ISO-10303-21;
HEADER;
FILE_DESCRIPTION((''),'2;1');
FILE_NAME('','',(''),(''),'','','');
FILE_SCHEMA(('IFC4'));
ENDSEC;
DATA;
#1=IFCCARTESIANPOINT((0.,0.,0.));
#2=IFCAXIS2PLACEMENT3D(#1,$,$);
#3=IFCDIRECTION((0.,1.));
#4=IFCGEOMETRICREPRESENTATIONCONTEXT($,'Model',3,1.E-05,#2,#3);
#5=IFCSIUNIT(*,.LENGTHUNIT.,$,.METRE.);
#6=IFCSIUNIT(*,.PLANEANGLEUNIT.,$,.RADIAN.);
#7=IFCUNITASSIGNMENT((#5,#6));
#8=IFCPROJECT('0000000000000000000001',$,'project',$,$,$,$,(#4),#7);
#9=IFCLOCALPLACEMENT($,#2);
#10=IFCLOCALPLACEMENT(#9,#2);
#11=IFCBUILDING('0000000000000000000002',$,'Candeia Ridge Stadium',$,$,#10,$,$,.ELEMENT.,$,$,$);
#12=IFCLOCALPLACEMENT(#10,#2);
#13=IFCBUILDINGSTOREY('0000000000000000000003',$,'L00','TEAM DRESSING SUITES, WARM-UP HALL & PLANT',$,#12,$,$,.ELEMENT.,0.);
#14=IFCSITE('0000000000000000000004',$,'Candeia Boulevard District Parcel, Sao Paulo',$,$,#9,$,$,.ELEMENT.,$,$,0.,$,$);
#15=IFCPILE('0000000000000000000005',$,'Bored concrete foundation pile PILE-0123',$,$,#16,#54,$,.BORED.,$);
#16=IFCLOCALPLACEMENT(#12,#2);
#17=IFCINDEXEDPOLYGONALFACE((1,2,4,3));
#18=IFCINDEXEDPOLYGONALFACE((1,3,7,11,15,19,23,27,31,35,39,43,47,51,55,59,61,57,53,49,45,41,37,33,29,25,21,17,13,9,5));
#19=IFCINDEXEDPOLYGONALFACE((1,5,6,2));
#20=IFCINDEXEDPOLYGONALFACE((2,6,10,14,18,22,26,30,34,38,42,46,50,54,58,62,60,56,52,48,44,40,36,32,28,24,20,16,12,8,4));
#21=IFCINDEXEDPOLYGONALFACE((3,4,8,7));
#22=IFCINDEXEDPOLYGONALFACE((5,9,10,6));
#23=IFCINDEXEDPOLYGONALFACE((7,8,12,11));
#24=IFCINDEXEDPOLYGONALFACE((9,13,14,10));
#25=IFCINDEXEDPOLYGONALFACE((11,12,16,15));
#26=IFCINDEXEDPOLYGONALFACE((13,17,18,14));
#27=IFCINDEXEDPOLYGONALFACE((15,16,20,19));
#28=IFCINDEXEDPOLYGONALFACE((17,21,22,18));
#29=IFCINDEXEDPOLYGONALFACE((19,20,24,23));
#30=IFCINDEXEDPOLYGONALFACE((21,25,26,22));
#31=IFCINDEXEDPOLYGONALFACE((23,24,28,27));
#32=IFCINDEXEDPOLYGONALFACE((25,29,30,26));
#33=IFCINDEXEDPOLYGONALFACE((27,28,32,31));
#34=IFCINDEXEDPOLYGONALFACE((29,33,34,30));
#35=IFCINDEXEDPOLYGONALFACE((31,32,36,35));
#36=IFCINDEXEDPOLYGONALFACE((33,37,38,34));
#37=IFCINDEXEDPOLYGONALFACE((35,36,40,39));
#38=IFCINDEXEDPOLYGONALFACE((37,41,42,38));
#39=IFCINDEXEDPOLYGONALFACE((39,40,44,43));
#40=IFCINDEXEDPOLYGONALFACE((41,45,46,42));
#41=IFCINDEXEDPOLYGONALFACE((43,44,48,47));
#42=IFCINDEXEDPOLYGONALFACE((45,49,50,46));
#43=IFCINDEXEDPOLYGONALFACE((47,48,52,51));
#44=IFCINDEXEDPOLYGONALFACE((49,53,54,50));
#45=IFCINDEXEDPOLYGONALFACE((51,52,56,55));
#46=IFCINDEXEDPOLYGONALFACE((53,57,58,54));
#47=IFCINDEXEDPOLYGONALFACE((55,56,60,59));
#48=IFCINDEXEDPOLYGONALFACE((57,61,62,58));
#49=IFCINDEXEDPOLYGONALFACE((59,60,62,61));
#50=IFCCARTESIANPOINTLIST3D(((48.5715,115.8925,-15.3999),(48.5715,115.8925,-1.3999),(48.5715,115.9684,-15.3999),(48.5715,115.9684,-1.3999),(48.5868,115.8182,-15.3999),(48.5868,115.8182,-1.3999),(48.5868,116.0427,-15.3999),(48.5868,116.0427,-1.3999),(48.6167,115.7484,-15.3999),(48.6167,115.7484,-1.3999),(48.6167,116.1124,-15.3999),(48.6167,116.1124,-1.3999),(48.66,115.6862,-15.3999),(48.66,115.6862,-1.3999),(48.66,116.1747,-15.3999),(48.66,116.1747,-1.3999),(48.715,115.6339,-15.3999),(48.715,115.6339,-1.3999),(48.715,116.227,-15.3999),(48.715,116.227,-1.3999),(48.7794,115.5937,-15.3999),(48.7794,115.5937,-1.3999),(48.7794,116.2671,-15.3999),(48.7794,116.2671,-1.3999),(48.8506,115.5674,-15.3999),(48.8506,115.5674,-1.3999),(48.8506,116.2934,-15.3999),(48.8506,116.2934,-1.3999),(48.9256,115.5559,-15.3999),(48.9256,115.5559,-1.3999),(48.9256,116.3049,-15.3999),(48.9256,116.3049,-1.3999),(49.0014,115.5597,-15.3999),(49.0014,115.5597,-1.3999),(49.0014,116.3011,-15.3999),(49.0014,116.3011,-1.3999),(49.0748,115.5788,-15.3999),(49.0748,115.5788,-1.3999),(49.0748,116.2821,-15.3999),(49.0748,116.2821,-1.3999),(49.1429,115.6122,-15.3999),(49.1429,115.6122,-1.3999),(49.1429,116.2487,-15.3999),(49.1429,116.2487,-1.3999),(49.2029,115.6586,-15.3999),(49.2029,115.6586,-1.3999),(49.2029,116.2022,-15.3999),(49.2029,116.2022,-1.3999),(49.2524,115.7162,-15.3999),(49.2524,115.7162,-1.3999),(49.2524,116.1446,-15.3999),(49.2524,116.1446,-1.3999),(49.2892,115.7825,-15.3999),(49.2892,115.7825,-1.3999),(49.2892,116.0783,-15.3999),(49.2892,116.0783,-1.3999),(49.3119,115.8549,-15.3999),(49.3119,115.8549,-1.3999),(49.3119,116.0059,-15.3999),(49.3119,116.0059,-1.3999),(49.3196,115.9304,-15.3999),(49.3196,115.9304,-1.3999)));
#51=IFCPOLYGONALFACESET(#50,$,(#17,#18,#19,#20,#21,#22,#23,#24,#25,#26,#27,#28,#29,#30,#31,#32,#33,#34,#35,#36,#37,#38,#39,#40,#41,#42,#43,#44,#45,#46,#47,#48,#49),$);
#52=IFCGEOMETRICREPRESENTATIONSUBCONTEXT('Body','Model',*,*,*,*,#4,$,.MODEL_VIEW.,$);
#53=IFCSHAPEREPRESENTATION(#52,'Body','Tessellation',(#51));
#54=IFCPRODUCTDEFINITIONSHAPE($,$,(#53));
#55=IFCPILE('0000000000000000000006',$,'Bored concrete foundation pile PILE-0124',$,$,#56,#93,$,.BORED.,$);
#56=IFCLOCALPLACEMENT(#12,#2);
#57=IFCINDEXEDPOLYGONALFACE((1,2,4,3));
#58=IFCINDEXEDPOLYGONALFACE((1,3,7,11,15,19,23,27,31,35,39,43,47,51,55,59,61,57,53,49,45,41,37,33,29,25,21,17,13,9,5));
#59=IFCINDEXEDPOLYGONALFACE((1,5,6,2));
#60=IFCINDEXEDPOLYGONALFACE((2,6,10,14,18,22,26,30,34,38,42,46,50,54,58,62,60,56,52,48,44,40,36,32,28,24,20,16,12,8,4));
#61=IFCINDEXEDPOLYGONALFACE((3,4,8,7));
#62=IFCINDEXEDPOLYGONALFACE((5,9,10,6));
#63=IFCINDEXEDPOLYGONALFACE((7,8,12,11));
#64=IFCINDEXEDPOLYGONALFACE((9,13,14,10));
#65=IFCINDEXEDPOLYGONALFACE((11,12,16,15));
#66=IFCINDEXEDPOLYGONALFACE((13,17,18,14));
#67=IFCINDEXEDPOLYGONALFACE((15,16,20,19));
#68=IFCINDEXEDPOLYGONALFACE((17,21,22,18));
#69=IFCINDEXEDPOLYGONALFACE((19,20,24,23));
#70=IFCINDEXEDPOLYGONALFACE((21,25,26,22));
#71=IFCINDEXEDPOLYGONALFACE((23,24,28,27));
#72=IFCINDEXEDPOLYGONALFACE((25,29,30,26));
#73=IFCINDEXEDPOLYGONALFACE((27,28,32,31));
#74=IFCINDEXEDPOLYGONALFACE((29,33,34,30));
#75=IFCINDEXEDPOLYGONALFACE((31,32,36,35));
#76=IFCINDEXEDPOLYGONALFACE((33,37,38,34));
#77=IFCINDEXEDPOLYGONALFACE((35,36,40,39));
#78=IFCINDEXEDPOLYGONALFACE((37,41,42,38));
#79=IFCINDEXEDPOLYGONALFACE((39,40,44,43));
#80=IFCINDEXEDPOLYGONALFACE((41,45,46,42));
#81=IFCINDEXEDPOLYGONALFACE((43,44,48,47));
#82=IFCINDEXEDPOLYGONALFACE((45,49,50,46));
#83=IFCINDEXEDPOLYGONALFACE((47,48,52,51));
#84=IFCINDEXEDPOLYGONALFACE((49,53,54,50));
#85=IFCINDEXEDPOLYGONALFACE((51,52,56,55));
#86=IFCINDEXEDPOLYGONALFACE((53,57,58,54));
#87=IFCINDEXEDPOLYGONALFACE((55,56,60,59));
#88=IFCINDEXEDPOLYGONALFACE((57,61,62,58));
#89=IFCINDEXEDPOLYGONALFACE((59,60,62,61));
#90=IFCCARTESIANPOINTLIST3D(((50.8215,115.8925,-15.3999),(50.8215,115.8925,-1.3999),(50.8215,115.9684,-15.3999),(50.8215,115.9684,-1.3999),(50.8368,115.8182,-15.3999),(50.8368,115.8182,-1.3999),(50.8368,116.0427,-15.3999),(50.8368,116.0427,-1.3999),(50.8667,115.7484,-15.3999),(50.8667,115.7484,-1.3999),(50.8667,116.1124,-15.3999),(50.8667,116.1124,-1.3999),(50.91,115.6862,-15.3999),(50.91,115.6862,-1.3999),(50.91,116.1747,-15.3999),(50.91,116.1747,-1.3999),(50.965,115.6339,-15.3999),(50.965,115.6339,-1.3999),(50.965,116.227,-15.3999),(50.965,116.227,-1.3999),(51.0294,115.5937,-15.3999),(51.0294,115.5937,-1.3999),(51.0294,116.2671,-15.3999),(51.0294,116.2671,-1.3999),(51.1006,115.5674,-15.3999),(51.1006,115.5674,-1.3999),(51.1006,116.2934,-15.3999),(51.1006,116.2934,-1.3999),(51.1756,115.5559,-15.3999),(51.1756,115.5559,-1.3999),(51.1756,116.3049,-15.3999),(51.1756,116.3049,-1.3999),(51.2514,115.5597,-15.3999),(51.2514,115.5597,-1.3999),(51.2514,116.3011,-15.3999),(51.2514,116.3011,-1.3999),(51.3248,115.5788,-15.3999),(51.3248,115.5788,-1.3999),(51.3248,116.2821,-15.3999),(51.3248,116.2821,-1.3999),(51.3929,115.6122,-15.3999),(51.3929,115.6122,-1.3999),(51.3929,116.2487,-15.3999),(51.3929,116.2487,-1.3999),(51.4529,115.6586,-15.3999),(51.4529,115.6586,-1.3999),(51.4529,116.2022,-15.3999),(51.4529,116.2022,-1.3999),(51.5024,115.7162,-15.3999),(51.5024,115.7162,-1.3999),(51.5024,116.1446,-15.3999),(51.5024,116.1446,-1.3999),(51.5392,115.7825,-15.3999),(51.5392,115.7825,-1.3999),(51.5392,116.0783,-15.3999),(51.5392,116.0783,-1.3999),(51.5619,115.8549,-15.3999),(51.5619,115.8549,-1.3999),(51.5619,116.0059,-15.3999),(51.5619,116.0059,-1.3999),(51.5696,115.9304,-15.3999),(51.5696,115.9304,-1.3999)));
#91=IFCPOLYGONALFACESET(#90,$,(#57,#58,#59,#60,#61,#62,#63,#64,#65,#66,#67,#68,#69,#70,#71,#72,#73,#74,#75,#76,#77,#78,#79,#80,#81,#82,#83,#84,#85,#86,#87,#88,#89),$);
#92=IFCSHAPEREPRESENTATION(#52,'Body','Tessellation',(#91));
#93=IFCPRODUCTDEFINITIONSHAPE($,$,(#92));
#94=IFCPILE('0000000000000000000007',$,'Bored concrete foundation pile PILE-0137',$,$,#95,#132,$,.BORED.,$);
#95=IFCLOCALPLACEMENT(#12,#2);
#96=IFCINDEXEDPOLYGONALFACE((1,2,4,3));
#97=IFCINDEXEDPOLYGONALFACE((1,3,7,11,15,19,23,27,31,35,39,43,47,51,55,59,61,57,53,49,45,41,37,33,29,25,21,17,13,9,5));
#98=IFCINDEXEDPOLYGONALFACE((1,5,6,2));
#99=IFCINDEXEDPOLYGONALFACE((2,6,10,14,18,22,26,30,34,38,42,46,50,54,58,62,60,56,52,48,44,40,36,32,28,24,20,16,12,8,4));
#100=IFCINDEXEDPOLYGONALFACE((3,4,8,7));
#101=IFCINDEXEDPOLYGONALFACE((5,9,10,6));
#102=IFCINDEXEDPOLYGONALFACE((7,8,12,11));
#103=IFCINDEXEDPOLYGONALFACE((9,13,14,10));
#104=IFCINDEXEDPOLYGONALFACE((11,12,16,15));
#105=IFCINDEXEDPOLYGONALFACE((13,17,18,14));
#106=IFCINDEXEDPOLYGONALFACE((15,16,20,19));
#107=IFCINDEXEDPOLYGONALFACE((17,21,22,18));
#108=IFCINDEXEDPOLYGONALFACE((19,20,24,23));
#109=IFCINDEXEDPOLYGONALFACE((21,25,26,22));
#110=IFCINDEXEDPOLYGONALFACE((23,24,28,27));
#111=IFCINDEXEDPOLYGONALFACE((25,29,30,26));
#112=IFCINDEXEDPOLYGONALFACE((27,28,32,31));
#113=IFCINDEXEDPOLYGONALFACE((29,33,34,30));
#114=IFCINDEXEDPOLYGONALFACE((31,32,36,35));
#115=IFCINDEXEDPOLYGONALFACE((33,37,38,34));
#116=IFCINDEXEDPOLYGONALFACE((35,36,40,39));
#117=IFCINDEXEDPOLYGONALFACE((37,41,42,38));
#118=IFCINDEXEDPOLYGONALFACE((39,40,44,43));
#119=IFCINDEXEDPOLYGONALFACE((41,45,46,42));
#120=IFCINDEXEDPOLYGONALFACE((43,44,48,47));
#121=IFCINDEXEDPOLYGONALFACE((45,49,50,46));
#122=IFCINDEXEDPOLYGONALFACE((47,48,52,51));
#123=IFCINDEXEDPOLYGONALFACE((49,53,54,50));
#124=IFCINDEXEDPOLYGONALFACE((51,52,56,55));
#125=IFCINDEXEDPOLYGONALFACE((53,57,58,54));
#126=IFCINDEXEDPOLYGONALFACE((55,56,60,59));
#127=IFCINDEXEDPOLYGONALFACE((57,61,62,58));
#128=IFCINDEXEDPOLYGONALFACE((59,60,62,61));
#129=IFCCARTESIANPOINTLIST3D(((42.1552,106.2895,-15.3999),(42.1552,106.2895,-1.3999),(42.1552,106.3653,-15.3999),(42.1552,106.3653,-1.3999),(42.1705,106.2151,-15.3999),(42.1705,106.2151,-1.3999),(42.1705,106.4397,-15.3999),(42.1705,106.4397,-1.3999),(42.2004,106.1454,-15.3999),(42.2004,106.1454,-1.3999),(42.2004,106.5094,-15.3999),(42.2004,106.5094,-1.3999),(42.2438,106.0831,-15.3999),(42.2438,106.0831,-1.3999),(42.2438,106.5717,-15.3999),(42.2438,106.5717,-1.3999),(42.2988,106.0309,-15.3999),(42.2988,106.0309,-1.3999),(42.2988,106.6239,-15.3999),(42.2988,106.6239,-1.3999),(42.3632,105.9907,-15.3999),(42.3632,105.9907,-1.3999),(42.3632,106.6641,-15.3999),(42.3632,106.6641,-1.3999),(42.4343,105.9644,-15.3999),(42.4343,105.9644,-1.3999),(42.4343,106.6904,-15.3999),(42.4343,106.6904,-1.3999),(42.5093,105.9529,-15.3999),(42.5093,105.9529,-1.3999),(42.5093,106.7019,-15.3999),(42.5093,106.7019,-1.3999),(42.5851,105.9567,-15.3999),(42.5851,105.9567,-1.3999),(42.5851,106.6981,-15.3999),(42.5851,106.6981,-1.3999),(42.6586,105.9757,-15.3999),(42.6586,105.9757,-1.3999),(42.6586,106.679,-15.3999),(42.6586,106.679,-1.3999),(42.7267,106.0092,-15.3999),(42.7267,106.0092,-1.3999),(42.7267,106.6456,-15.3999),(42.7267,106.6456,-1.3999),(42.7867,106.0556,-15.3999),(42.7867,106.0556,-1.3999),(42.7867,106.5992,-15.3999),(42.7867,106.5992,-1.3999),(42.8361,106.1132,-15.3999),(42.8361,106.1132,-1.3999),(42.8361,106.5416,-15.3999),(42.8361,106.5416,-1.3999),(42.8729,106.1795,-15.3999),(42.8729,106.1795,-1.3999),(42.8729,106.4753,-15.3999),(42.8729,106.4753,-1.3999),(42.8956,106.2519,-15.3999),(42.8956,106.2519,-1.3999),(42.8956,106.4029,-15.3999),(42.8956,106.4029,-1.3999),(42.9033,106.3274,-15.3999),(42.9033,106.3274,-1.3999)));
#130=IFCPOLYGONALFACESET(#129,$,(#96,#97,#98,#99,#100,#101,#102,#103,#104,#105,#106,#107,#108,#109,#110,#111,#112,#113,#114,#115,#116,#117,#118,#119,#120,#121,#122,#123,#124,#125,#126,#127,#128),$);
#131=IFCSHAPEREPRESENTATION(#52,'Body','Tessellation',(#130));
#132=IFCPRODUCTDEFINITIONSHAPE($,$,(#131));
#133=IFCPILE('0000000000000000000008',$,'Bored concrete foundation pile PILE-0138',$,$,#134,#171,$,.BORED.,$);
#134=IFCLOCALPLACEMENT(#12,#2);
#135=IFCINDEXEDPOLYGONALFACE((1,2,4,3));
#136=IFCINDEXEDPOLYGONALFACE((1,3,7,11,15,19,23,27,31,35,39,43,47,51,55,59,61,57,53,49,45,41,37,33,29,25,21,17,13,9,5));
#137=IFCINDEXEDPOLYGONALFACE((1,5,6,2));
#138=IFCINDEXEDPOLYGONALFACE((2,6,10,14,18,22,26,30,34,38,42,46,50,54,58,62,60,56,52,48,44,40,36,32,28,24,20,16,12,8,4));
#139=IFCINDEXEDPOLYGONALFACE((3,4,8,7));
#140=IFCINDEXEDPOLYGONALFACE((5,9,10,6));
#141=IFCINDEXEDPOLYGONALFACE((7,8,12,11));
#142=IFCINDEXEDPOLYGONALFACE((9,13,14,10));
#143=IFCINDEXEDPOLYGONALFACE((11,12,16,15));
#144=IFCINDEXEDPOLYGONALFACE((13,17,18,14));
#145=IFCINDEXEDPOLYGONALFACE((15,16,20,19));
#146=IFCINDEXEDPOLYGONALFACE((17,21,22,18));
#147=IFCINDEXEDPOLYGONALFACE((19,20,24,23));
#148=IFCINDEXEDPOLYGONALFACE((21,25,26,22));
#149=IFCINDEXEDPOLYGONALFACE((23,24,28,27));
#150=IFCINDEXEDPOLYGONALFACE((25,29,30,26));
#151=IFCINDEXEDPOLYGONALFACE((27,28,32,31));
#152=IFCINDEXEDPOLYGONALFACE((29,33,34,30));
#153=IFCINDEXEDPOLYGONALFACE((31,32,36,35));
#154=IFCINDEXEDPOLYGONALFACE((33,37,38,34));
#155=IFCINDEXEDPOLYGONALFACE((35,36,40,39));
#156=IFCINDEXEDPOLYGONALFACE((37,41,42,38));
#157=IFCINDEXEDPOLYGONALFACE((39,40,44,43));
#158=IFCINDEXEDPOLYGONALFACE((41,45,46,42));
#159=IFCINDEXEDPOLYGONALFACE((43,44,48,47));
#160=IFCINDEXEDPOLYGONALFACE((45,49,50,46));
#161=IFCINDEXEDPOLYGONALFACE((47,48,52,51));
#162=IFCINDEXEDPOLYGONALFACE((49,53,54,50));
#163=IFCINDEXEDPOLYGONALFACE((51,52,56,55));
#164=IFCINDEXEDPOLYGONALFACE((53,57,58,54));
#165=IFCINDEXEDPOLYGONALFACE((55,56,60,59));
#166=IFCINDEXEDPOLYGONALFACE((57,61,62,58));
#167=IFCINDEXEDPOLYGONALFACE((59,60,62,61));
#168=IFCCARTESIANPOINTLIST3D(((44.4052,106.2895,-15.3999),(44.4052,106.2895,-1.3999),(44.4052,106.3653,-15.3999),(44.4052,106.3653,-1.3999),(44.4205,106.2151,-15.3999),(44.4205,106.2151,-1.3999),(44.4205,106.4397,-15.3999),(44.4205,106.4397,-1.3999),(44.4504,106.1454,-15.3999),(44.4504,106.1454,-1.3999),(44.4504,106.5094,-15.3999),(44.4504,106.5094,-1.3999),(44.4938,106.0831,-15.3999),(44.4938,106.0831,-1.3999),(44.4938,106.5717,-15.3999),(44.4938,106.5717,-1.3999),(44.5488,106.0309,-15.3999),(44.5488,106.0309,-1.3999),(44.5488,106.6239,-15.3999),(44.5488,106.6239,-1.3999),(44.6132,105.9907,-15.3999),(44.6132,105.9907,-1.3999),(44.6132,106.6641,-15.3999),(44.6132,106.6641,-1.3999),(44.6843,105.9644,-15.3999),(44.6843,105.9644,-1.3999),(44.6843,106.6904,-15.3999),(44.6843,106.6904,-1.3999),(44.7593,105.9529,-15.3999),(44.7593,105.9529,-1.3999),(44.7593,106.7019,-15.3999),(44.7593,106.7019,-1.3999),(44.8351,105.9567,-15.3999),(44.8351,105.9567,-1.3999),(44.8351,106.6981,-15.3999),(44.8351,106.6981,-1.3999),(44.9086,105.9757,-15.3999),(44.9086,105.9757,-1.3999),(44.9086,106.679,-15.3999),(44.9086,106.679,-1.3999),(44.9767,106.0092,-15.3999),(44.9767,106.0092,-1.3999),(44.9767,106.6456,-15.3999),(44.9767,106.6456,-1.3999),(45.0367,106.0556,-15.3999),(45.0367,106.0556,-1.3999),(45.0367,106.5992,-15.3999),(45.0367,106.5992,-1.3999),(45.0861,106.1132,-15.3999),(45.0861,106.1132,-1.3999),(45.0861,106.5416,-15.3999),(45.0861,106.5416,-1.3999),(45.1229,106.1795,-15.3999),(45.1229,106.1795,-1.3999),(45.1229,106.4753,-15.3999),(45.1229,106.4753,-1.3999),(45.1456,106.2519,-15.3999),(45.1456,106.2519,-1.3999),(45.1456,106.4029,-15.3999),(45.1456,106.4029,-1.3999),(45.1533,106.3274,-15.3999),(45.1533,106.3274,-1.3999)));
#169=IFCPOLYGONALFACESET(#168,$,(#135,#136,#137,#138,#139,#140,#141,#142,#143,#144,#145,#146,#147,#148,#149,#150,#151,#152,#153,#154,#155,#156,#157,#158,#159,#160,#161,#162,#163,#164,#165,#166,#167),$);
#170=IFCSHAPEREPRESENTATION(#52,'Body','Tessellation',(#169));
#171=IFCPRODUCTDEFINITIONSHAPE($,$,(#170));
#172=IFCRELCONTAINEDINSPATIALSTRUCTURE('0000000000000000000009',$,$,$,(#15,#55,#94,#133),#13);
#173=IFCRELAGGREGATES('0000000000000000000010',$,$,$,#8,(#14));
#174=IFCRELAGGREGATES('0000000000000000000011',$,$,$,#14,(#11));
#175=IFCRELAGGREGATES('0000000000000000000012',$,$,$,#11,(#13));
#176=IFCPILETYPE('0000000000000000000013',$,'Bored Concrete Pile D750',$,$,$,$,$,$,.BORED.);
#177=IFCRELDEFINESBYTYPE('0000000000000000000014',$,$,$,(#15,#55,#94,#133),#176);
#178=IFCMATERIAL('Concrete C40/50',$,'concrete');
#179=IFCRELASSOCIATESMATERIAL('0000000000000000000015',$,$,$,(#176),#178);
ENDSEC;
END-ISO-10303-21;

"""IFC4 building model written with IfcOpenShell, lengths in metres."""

from ifc_helpers import new_model, si_unit, direction, frame, origin, origin_2d, place, context, subcontext, project, spatial, circle, extrude, material, material_profile, profile_set, type_object, element, save


model = new_model("IFC4")

# Units and contexts
model_context = context("Model", 3, precision=1e-05, world=origin(), true_north=direction((0.0, 1.0)))
body_context = subcontext(model_context, "Body", "Model", "MODEL_VIEW")
ifc_project = project(units=[si_unit("LENGTHUNIT", "METRE"), si_unit("PLANEANGLEUNIT", "RADIAN")], contexts=[model_context])

# Site, building, storey
site_placement = place(None, origin())
site = spatial("IfcSite", under=ifc_project, at=site_placement, Name="Candeia Boulevard District Parcel, Sao Paulo", CompositionType="ELEMENT", RefElevation=0.0)
building_placement = place(site_placement, origin())
building = spatial("IfcBuilding", under=site, at=building_placement, Name="Candeia Ridge Stadium", CompositionType="ELEMENT")
storey_placement = place(building_placement, origin())
storey = spatial("IfcBuildingStorey", under=building, at=storey_placement, Name="L00", Description="TEAM DRESSING SUITES, WARM-UP HALL & PLANT", CompositionType="ELEMENT", Elevation=0.0)

# Piles
ifc_material_1 = material(Name="Concrete C40/50", Category="concrete")
ifc_material_profile_1 = material_profile(ifc_material_1, circle(Radius=0.375, at=origin_2d()), Name="PILE-D750", Category="concrete")
ifc_profile_set_1 = profile_set([ifc_material_profile_1], Name="Concrete C40/50")
pile_type_1 = type_object("IfcPileType", Name="Bored Concrete Pile D750", PredefinedType="BORED", material=ifc_profile_set_1)
for number, where, z_axis, x_axis, name in (
    (1, (48.9446, 115.9304, -1.3999), (0.0, 0.0, -1.0), (1.0, 0.0, 0.0), "Bored concrete foundation pile PILE-0123"),
    (2, (51.1946, 115.9304, -1.3999), (0.0, 0.0, -1.0), (1.0, 0.0, 0.0), "Bored concrete foundation pile PILE-0124"),
    (3, (42.5283, 106.3274, -1.3999), (0.0, 0.0, -1.0), (1.0, 0.0, 0.0), "Bored concrete foundation pile PILE-0137"),
    (4, (44.7783, 106.3274, -1.3999), (0.0, 0.0, -1.0), (1.0, 0.0, 0.0), "Bored concrete foundation pile PILE-0138"),
):
    element("IfcPile", number, at=place(storey_placement, frame(where, z_axis=z_axis, x_axis=x_axis)), inside=storey, type_object=pile_type_1, Name=name, PredefinedType="BORED", context=body_context, shape_type="SweptSolid", body=[
        extrude(circle(Radius=0.375, at=origin_2d()), origin(), (0.0, 0.0, 1.0), 14.0),
    ])

save(model, "model.ifc")
